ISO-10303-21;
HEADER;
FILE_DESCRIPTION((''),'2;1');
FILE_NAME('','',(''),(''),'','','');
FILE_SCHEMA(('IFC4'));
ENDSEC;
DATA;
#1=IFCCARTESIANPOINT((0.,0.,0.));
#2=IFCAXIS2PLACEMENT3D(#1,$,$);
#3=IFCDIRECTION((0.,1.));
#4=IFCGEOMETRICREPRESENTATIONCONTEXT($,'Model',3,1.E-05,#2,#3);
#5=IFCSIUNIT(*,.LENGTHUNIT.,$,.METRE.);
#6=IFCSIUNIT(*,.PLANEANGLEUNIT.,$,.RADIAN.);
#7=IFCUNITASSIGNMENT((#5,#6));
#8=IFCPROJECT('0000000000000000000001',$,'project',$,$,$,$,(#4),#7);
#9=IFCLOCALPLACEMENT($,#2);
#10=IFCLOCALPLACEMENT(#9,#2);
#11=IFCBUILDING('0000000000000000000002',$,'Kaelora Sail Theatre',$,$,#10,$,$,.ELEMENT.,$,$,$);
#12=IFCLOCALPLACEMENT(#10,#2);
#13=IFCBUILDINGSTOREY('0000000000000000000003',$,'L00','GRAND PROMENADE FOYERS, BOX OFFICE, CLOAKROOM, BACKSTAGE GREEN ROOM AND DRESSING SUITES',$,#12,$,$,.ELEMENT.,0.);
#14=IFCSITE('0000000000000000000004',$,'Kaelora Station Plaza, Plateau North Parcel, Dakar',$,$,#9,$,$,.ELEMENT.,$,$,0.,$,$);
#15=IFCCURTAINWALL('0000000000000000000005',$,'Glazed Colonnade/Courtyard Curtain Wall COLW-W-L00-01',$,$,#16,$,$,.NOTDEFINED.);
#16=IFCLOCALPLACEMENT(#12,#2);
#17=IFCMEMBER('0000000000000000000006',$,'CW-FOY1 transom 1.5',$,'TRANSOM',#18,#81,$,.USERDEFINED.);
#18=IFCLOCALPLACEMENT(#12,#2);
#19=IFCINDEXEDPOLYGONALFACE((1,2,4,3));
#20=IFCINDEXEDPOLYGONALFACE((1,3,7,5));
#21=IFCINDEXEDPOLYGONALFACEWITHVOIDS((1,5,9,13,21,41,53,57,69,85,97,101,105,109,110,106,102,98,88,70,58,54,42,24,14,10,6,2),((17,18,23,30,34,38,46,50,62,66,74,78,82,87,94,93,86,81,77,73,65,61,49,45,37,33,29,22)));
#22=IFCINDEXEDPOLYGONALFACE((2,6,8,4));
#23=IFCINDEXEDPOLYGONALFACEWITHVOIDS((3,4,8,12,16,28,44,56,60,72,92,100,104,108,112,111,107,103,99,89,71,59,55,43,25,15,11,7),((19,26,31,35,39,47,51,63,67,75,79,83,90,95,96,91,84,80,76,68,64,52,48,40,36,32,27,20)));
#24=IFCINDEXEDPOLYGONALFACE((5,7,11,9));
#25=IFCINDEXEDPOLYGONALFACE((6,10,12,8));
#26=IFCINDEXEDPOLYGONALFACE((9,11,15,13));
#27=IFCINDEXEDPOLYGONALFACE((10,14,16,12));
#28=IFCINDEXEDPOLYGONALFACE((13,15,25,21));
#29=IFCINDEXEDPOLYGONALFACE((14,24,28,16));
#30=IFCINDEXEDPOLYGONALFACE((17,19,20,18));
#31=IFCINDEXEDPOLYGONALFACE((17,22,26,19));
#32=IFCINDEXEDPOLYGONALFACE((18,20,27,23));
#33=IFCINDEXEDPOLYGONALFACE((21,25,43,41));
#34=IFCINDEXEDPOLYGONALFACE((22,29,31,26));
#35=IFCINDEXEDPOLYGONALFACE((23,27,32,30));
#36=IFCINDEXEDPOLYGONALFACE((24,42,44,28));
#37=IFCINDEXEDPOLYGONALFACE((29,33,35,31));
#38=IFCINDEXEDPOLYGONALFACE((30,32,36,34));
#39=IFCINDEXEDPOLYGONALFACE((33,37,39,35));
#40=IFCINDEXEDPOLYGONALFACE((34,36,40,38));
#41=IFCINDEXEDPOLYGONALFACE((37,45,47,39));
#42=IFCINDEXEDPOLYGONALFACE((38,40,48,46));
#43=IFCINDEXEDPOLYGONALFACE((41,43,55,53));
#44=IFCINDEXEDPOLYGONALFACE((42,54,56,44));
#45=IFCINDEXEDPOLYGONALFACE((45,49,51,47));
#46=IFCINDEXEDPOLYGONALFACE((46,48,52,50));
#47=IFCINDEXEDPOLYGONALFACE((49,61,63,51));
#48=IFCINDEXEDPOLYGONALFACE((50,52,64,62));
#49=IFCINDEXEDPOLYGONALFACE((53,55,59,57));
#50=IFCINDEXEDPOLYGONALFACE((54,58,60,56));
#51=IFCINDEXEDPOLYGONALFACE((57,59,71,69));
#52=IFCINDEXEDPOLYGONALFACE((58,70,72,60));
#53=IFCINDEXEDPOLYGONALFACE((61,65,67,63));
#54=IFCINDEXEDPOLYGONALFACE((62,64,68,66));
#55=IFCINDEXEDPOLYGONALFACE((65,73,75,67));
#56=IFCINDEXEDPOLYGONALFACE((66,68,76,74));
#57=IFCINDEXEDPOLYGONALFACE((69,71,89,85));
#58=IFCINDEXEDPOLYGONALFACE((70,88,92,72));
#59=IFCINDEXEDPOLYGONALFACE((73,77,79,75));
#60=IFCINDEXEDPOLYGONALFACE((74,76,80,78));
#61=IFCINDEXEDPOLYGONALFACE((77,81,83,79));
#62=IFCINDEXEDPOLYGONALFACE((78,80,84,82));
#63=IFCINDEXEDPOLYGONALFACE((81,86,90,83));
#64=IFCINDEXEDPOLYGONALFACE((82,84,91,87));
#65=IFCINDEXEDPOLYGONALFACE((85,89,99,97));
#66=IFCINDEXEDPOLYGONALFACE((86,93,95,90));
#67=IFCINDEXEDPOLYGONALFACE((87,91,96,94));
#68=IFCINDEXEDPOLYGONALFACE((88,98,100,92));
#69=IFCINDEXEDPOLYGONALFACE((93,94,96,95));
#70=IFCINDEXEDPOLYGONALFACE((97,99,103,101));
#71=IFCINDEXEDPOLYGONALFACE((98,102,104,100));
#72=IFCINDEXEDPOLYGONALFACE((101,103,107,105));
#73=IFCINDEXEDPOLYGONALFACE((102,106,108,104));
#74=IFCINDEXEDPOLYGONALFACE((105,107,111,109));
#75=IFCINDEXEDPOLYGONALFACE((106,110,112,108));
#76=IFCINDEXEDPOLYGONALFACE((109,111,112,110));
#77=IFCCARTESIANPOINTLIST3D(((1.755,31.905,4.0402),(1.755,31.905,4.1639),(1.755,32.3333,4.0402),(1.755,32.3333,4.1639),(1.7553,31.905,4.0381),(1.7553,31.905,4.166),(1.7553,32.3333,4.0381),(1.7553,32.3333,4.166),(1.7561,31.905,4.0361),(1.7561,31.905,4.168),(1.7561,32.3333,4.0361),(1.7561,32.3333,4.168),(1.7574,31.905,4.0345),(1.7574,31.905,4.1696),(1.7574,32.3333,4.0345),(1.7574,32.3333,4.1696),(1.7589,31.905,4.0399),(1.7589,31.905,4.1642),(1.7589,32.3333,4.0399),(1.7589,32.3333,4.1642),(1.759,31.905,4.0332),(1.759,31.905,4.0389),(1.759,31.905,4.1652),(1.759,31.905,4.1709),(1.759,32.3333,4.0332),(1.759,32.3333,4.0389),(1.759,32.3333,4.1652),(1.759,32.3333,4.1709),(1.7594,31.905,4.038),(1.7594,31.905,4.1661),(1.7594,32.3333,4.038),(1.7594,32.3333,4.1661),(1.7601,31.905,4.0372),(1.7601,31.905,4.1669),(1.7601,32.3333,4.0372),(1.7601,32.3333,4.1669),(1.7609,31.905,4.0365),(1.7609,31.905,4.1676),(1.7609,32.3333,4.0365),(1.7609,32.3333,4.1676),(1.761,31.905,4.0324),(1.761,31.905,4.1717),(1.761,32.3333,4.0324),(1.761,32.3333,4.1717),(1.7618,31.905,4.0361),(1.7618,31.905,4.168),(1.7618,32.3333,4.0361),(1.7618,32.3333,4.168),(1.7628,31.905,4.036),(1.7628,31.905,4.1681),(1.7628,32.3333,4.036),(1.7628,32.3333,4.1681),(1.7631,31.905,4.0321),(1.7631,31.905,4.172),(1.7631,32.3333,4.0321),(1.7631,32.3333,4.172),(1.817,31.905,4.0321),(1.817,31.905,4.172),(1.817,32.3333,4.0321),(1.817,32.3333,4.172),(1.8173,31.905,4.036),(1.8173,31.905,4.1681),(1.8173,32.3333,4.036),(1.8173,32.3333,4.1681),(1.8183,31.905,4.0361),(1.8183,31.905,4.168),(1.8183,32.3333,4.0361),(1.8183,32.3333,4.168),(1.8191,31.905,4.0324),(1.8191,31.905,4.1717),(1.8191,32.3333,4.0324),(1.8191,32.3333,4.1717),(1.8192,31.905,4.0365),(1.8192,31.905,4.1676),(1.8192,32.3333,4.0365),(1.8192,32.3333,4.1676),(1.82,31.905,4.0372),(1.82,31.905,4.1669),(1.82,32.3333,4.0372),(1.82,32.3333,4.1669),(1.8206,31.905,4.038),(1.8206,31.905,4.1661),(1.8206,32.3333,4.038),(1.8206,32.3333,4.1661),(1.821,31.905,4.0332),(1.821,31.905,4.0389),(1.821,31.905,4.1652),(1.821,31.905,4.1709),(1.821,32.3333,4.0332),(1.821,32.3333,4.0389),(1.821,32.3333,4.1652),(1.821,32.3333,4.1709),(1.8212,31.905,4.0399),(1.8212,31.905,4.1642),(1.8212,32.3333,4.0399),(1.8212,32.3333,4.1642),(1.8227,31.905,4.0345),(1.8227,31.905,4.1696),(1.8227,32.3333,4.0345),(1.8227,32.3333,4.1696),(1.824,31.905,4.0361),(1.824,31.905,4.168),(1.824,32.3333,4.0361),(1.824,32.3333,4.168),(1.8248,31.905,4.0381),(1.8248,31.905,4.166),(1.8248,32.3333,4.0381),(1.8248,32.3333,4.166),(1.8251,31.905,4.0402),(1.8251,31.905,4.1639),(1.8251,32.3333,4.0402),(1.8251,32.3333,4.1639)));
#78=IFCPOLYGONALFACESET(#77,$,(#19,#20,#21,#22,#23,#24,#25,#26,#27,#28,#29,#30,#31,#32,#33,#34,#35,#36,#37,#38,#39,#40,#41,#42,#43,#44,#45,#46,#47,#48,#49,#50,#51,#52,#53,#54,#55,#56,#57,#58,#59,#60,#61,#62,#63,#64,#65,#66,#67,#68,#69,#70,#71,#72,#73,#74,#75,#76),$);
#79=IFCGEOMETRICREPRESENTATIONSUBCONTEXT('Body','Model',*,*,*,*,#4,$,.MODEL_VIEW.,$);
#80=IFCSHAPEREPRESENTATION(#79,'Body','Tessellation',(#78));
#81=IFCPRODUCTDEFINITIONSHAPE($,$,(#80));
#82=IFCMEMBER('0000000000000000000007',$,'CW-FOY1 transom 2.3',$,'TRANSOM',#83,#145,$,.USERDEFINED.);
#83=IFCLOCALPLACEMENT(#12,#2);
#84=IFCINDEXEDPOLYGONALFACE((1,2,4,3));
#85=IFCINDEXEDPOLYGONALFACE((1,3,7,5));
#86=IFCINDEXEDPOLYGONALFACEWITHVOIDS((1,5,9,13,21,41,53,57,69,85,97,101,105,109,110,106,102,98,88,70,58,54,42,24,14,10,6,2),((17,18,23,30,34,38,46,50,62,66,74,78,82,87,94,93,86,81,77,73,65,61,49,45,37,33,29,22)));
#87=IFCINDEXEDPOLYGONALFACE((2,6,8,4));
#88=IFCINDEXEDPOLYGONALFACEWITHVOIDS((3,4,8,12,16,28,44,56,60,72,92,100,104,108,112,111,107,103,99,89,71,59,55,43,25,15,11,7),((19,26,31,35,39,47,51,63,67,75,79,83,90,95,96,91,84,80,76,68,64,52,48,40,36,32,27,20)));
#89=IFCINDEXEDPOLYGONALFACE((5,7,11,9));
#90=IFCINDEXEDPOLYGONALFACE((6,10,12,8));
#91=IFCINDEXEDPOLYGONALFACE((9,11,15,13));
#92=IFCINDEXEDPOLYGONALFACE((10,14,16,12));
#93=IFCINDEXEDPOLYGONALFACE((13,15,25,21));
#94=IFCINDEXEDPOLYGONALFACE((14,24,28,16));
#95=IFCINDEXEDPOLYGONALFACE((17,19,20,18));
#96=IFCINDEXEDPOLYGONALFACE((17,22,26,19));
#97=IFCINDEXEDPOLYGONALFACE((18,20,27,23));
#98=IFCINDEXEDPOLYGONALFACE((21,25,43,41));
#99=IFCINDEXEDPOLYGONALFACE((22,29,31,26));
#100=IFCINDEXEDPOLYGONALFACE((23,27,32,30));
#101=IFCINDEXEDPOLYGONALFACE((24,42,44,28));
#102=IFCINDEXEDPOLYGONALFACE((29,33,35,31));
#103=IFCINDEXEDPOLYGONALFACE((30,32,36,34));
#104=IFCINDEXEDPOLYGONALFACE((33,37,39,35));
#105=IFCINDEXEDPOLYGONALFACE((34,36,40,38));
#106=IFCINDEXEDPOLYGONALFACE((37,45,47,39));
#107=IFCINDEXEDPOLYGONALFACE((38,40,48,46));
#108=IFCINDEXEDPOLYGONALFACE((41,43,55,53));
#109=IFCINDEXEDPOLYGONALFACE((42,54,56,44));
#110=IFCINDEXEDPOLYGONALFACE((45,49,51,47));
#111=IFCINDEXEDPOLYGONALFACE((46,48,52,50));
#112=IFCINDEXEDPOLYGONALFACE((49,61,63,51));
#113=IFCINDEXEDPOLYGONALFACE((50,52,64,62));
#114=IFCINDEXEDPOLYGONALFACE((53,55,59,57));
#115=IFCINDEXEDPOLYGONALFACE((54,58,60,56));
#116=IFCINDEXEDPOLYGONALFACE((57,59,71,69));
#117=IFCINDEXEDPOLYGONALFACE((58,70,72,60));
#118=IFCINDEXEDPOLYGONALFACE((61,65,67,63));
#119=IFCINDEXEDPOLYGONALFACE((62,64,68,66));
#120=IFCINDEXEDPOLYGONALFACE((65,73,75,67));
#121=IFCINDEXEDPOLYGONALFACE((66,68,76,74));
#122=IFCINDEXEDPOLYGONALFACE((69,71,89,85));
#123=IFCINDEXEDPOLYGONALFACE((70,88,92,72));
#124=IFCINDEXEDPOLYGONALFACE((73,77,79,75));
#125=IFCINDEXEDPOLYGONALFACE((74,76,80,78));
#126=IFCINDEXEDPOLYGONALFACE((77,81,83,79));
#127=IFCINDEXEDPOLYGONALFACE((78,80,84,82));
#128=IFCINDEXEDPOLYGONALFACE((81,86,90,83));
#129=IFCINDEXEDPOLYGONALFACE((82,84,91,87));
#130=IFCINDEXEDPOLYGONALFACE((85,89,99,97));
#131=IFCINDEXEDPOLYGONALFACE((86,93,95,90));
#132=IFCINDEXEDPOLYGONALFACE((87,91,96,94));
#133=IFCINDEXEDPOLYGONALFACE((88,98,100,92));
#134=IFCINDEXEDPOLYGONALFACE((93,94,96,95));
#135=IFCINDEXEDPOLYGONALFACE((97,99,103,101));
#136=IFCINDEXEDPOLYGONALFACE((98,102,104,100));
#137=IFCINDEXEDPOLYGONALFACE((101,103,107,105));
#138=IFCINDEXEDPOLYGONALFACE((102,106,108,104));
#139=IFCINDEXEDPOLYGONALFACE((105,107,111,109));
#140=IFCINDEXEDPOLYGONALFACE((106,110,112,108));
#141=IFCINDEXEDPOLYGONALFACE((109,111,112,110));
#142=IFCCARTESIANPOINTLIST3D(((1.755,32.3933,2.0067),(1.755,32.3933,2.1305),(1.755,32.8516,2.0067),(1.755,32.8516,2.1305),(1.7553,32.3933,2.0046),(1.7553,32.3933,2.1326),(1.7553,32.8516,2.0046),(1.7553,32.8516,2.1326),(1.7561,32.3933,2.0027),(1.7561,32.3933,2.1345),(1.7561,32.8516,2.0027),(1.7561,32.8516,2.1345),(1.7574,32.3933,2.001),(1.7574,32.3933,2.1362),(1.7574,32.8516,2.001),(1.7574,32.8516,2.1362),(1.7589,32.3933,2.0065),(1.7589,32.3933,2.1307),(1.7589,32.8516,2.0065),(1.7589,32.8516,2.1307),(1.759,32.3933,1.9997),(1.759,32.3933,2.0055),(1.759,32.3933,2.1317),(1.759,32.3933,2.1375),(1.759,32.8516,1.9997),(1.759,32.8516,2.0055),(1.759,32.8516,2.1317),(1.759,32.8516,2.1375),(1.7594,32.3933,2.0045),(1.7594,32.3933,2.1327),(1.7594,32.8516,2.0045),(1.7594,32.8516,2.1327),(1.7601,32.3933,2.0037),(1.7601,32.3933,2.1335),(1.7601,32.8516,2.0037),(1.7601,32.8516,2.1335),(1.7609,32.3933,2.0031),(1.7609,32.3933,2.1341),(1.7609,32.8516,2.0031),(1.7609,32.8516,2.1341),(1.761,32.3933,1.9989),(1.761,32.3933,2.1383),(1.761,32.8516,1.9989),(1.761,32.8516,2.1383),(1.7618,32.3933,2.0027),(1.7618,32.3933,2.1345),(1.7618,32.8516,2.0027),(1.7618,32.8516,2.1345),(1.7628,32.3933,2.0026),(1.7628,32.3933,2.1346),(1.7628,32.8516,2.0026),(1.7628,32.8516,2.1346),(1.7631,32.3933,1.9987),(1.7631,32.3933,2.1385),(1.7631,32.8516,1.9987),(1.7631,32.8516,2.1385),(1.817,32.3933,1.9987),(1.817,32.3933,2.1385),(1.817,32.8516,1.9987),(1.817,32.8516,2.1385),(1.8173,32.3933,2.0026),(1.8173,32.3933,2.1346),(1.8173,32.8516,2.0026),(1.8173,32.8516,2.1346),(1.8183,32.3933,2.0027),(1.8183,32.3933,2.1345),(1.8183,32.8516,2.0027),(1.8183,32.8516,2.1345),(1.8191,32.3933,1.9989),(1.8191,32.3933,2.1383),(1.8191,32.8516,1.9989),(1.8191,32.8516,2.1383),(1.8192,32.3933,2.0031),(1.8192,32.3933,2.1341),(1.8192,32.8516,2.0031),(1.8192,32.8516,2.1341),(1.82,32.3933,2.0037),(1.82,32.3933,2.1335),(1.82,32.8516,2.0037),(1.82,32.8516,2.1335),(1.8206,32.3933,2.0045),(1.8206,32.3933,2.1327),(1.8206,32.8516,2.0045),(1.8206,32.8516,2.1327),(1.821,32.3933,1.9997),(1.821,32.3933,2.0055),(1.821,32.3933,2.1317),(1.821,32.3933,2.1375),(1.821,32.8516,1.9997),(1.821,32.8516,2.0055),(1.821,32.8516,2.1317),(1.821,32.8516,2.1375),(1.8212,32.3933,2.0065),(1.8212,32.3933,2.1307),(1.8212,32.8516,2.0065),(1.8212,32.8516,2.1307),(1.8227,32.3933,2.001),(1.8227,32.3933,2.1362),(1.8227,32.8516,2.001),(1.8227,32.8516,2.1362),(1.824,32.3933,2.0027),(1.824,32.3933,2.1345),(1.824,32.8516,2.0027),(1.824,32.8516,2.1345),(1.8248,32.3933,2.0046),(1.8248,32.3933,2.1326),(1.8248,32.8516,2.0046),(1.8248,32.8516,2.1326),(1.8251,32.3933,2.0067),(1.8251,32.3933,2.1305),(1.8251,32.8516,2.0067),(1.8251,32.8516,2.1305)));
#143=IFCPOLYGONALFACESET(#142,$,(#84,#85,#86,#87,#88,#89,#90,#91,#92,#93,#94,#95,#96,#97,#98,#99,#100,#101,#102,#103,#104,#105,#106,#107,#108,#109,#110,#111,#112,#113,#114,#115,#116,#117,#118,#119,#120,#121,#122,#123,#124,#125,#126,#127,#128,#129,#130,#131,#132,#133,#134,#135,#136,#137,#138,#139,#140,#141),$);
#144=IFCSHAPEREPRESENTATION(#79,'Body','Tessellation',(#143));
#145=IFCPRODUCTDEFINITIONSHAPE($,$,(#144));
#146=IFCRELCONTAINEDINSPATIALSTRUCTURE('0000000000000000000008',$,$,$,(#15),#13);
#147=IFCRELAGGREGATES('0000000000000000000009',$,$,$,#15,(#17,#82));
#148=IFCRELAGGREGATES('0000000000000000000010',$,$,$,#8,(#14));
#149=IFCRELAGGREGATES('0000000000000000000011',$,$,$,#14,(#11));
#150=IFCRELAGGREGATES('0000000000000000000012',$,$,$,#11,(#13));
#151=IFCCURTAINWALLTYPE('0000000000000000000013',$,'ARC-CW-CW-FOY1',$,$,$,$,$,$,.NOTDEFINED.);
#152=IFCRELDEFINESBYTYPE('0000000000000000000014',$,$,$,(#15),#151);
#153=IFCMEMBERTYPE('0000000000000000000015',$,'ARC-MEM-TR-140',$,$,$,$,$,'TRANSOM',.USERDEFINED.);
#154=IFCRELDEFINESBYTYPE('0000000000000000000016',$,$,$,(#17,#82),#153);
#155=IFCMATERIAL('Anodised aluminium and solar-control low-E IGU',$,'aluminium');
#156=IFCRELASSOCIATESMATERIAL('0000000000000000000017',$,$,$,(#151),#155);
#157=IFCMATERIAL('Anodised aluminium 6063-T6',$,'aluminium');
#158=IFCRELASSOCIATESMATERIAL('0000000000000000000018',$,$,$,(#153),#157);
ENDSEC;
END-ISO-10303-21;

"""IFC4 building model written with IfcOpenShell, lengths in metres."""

from ifc_helpers import new_model, si_unit, direction, frame, origin, origin_2d, place, context, subcontext, project, spatial, hollow_rectangle, extrude, material, material_profile, profile_set, type_object, element, aggregate, save


model = new_model("IFC4")

# Units and contexts
model_context = context("Model", 3, precision=1e-05, world=origin(), true_north=direction((0.0, 1.0)))
body_context = subcontext(model_context, "Body", "Model", "MODEL_VIEW")
ifc_project = project(units=[si_unit("LENGTHUNIT", "METRE"), si_unit("PLANEANGLEUNIT", "RADIAN")], contexts=[model_context])

# Site, building, storey
site_placement = place(None, origin())
site = spatial("IfcSite", under=ifc_project, at=site_placement, Name="Kaelora Station Plaza, Plateau North Parcel, Dakar", CompositionType="ELEMENT", RefElevation=0.0)
building_placement = place(site_placement, origin())
building = spatial("IfcBuilding", under=site, at=building_placement, Name="Kaelora Sail Theatre", CompositionType="ELEMENT")
storey_placement = place(building_placement, origin())
storey = spatial("IfcBuildingStorey", under=building, at=storey_placement, Name="L00", Description="GRAND PROMENADE FOYERS, BOX OFFICE, CLOAKROOM, BACKSTAGE GREEN ROOM AND DRESSING SUITES", CompositionType="ELEMENT", Elevation=0.0)

# Curtain wall, members
ifc_material_1 = material(Name="Anodised aluminium and solar-control low-E IGU", Category="aluminium")
curtain_wall_type = type_object("IfcCurtainWallType", Name="ARC-CW-CW-FOY1", PredefinedType="NOTDEFINED", material=ifc_material_1)
curtain_wall_1_placement = place(storey_placement, origin())
curtain_wall_1 = element("IfcCurtainWall", 1, at=curtain_wall_1_placement, inside=storey, type_object=curtain_wall_type, Name="Glazed Colonnade/Courtyard Curtain Wall COLW-W-L00-01", PredefinedType="NOTDEFINED")
ifc_material_2 = material(Name="Anodised aluminium 6063-T6", Category="aluminium")
ifc_material_profile = material_profile(ifc_material_2, hollow_rectangle(XDim=0.0701, YDim=0.1399, WallThickness=0.0039, InnerFilletRadius=0.0039, OuterFilletRadius=0.0081, at=origin_2d()), Name="ALU-TRAN 70x140x4")
ifc_profile_set = profile_set([ifc_material_profile], Name="Anodised aluminium 6063-T6")
member_type = type_object("IfcMemberType", Name="ARC-MEM-TR-140", ElementType="TRANSOM", PredefinedType="USERDEFINED", material=ifc_profile_set)
member_1_placement = place(storey_placement, frame((1.79, 31.905, 4.1021), z_axis=(0.0, 1.0, 0.0), x_axis=(-1.0, 0.0, 0.0)))
member_1 = element("IfcMember", 2, at=member_1_placement, type_object=member_type, Name="CW-FOY1 transom 1.5", ObjectType="TRANSOM", PredefinedType="USERDEFINED", context=body_context, shape_type="SweptSolid", body=[
    extrude(hollow_rectangle(XDim=0.0701, YDim=0.1399, WallThickness=0.0039, InnerFilletRadius=0.0039, OuterFilletRadius=0.0081, at=origin_2d()), origin(), (0.0, 0.0, 1.0), 0.4282),
])
member_2_placement = place(storey_placement, frame((1.79, 32.3933, 2.0686), z_axis=(0.0, 1.0, 0.0), x_axis=(-1.0, 0.0, 0.0)))
member_2 = element("IfcMember", 3, at=member_2_placement, type_object=member_type, Name="CW-FOY1 transom 2.3", ObjectType="TRANSOM", PredefinedType="USERDEFINED", context=body_context, shape_type="SweptSolid", body=[
    extrude(hollow_rectangle(XDim=0.0701, YDim=0.1399, WallThickness=0.0039, InnerFilletRadius=0.0039, OuterFilletRadius=0.0081, at=origin_2d()), origin(), (0.0, 0.0, 1.0), 0.4583),
])

aggregate(curtain_wall_1, [member_1, member_2])

save(model, "model.ifc")
